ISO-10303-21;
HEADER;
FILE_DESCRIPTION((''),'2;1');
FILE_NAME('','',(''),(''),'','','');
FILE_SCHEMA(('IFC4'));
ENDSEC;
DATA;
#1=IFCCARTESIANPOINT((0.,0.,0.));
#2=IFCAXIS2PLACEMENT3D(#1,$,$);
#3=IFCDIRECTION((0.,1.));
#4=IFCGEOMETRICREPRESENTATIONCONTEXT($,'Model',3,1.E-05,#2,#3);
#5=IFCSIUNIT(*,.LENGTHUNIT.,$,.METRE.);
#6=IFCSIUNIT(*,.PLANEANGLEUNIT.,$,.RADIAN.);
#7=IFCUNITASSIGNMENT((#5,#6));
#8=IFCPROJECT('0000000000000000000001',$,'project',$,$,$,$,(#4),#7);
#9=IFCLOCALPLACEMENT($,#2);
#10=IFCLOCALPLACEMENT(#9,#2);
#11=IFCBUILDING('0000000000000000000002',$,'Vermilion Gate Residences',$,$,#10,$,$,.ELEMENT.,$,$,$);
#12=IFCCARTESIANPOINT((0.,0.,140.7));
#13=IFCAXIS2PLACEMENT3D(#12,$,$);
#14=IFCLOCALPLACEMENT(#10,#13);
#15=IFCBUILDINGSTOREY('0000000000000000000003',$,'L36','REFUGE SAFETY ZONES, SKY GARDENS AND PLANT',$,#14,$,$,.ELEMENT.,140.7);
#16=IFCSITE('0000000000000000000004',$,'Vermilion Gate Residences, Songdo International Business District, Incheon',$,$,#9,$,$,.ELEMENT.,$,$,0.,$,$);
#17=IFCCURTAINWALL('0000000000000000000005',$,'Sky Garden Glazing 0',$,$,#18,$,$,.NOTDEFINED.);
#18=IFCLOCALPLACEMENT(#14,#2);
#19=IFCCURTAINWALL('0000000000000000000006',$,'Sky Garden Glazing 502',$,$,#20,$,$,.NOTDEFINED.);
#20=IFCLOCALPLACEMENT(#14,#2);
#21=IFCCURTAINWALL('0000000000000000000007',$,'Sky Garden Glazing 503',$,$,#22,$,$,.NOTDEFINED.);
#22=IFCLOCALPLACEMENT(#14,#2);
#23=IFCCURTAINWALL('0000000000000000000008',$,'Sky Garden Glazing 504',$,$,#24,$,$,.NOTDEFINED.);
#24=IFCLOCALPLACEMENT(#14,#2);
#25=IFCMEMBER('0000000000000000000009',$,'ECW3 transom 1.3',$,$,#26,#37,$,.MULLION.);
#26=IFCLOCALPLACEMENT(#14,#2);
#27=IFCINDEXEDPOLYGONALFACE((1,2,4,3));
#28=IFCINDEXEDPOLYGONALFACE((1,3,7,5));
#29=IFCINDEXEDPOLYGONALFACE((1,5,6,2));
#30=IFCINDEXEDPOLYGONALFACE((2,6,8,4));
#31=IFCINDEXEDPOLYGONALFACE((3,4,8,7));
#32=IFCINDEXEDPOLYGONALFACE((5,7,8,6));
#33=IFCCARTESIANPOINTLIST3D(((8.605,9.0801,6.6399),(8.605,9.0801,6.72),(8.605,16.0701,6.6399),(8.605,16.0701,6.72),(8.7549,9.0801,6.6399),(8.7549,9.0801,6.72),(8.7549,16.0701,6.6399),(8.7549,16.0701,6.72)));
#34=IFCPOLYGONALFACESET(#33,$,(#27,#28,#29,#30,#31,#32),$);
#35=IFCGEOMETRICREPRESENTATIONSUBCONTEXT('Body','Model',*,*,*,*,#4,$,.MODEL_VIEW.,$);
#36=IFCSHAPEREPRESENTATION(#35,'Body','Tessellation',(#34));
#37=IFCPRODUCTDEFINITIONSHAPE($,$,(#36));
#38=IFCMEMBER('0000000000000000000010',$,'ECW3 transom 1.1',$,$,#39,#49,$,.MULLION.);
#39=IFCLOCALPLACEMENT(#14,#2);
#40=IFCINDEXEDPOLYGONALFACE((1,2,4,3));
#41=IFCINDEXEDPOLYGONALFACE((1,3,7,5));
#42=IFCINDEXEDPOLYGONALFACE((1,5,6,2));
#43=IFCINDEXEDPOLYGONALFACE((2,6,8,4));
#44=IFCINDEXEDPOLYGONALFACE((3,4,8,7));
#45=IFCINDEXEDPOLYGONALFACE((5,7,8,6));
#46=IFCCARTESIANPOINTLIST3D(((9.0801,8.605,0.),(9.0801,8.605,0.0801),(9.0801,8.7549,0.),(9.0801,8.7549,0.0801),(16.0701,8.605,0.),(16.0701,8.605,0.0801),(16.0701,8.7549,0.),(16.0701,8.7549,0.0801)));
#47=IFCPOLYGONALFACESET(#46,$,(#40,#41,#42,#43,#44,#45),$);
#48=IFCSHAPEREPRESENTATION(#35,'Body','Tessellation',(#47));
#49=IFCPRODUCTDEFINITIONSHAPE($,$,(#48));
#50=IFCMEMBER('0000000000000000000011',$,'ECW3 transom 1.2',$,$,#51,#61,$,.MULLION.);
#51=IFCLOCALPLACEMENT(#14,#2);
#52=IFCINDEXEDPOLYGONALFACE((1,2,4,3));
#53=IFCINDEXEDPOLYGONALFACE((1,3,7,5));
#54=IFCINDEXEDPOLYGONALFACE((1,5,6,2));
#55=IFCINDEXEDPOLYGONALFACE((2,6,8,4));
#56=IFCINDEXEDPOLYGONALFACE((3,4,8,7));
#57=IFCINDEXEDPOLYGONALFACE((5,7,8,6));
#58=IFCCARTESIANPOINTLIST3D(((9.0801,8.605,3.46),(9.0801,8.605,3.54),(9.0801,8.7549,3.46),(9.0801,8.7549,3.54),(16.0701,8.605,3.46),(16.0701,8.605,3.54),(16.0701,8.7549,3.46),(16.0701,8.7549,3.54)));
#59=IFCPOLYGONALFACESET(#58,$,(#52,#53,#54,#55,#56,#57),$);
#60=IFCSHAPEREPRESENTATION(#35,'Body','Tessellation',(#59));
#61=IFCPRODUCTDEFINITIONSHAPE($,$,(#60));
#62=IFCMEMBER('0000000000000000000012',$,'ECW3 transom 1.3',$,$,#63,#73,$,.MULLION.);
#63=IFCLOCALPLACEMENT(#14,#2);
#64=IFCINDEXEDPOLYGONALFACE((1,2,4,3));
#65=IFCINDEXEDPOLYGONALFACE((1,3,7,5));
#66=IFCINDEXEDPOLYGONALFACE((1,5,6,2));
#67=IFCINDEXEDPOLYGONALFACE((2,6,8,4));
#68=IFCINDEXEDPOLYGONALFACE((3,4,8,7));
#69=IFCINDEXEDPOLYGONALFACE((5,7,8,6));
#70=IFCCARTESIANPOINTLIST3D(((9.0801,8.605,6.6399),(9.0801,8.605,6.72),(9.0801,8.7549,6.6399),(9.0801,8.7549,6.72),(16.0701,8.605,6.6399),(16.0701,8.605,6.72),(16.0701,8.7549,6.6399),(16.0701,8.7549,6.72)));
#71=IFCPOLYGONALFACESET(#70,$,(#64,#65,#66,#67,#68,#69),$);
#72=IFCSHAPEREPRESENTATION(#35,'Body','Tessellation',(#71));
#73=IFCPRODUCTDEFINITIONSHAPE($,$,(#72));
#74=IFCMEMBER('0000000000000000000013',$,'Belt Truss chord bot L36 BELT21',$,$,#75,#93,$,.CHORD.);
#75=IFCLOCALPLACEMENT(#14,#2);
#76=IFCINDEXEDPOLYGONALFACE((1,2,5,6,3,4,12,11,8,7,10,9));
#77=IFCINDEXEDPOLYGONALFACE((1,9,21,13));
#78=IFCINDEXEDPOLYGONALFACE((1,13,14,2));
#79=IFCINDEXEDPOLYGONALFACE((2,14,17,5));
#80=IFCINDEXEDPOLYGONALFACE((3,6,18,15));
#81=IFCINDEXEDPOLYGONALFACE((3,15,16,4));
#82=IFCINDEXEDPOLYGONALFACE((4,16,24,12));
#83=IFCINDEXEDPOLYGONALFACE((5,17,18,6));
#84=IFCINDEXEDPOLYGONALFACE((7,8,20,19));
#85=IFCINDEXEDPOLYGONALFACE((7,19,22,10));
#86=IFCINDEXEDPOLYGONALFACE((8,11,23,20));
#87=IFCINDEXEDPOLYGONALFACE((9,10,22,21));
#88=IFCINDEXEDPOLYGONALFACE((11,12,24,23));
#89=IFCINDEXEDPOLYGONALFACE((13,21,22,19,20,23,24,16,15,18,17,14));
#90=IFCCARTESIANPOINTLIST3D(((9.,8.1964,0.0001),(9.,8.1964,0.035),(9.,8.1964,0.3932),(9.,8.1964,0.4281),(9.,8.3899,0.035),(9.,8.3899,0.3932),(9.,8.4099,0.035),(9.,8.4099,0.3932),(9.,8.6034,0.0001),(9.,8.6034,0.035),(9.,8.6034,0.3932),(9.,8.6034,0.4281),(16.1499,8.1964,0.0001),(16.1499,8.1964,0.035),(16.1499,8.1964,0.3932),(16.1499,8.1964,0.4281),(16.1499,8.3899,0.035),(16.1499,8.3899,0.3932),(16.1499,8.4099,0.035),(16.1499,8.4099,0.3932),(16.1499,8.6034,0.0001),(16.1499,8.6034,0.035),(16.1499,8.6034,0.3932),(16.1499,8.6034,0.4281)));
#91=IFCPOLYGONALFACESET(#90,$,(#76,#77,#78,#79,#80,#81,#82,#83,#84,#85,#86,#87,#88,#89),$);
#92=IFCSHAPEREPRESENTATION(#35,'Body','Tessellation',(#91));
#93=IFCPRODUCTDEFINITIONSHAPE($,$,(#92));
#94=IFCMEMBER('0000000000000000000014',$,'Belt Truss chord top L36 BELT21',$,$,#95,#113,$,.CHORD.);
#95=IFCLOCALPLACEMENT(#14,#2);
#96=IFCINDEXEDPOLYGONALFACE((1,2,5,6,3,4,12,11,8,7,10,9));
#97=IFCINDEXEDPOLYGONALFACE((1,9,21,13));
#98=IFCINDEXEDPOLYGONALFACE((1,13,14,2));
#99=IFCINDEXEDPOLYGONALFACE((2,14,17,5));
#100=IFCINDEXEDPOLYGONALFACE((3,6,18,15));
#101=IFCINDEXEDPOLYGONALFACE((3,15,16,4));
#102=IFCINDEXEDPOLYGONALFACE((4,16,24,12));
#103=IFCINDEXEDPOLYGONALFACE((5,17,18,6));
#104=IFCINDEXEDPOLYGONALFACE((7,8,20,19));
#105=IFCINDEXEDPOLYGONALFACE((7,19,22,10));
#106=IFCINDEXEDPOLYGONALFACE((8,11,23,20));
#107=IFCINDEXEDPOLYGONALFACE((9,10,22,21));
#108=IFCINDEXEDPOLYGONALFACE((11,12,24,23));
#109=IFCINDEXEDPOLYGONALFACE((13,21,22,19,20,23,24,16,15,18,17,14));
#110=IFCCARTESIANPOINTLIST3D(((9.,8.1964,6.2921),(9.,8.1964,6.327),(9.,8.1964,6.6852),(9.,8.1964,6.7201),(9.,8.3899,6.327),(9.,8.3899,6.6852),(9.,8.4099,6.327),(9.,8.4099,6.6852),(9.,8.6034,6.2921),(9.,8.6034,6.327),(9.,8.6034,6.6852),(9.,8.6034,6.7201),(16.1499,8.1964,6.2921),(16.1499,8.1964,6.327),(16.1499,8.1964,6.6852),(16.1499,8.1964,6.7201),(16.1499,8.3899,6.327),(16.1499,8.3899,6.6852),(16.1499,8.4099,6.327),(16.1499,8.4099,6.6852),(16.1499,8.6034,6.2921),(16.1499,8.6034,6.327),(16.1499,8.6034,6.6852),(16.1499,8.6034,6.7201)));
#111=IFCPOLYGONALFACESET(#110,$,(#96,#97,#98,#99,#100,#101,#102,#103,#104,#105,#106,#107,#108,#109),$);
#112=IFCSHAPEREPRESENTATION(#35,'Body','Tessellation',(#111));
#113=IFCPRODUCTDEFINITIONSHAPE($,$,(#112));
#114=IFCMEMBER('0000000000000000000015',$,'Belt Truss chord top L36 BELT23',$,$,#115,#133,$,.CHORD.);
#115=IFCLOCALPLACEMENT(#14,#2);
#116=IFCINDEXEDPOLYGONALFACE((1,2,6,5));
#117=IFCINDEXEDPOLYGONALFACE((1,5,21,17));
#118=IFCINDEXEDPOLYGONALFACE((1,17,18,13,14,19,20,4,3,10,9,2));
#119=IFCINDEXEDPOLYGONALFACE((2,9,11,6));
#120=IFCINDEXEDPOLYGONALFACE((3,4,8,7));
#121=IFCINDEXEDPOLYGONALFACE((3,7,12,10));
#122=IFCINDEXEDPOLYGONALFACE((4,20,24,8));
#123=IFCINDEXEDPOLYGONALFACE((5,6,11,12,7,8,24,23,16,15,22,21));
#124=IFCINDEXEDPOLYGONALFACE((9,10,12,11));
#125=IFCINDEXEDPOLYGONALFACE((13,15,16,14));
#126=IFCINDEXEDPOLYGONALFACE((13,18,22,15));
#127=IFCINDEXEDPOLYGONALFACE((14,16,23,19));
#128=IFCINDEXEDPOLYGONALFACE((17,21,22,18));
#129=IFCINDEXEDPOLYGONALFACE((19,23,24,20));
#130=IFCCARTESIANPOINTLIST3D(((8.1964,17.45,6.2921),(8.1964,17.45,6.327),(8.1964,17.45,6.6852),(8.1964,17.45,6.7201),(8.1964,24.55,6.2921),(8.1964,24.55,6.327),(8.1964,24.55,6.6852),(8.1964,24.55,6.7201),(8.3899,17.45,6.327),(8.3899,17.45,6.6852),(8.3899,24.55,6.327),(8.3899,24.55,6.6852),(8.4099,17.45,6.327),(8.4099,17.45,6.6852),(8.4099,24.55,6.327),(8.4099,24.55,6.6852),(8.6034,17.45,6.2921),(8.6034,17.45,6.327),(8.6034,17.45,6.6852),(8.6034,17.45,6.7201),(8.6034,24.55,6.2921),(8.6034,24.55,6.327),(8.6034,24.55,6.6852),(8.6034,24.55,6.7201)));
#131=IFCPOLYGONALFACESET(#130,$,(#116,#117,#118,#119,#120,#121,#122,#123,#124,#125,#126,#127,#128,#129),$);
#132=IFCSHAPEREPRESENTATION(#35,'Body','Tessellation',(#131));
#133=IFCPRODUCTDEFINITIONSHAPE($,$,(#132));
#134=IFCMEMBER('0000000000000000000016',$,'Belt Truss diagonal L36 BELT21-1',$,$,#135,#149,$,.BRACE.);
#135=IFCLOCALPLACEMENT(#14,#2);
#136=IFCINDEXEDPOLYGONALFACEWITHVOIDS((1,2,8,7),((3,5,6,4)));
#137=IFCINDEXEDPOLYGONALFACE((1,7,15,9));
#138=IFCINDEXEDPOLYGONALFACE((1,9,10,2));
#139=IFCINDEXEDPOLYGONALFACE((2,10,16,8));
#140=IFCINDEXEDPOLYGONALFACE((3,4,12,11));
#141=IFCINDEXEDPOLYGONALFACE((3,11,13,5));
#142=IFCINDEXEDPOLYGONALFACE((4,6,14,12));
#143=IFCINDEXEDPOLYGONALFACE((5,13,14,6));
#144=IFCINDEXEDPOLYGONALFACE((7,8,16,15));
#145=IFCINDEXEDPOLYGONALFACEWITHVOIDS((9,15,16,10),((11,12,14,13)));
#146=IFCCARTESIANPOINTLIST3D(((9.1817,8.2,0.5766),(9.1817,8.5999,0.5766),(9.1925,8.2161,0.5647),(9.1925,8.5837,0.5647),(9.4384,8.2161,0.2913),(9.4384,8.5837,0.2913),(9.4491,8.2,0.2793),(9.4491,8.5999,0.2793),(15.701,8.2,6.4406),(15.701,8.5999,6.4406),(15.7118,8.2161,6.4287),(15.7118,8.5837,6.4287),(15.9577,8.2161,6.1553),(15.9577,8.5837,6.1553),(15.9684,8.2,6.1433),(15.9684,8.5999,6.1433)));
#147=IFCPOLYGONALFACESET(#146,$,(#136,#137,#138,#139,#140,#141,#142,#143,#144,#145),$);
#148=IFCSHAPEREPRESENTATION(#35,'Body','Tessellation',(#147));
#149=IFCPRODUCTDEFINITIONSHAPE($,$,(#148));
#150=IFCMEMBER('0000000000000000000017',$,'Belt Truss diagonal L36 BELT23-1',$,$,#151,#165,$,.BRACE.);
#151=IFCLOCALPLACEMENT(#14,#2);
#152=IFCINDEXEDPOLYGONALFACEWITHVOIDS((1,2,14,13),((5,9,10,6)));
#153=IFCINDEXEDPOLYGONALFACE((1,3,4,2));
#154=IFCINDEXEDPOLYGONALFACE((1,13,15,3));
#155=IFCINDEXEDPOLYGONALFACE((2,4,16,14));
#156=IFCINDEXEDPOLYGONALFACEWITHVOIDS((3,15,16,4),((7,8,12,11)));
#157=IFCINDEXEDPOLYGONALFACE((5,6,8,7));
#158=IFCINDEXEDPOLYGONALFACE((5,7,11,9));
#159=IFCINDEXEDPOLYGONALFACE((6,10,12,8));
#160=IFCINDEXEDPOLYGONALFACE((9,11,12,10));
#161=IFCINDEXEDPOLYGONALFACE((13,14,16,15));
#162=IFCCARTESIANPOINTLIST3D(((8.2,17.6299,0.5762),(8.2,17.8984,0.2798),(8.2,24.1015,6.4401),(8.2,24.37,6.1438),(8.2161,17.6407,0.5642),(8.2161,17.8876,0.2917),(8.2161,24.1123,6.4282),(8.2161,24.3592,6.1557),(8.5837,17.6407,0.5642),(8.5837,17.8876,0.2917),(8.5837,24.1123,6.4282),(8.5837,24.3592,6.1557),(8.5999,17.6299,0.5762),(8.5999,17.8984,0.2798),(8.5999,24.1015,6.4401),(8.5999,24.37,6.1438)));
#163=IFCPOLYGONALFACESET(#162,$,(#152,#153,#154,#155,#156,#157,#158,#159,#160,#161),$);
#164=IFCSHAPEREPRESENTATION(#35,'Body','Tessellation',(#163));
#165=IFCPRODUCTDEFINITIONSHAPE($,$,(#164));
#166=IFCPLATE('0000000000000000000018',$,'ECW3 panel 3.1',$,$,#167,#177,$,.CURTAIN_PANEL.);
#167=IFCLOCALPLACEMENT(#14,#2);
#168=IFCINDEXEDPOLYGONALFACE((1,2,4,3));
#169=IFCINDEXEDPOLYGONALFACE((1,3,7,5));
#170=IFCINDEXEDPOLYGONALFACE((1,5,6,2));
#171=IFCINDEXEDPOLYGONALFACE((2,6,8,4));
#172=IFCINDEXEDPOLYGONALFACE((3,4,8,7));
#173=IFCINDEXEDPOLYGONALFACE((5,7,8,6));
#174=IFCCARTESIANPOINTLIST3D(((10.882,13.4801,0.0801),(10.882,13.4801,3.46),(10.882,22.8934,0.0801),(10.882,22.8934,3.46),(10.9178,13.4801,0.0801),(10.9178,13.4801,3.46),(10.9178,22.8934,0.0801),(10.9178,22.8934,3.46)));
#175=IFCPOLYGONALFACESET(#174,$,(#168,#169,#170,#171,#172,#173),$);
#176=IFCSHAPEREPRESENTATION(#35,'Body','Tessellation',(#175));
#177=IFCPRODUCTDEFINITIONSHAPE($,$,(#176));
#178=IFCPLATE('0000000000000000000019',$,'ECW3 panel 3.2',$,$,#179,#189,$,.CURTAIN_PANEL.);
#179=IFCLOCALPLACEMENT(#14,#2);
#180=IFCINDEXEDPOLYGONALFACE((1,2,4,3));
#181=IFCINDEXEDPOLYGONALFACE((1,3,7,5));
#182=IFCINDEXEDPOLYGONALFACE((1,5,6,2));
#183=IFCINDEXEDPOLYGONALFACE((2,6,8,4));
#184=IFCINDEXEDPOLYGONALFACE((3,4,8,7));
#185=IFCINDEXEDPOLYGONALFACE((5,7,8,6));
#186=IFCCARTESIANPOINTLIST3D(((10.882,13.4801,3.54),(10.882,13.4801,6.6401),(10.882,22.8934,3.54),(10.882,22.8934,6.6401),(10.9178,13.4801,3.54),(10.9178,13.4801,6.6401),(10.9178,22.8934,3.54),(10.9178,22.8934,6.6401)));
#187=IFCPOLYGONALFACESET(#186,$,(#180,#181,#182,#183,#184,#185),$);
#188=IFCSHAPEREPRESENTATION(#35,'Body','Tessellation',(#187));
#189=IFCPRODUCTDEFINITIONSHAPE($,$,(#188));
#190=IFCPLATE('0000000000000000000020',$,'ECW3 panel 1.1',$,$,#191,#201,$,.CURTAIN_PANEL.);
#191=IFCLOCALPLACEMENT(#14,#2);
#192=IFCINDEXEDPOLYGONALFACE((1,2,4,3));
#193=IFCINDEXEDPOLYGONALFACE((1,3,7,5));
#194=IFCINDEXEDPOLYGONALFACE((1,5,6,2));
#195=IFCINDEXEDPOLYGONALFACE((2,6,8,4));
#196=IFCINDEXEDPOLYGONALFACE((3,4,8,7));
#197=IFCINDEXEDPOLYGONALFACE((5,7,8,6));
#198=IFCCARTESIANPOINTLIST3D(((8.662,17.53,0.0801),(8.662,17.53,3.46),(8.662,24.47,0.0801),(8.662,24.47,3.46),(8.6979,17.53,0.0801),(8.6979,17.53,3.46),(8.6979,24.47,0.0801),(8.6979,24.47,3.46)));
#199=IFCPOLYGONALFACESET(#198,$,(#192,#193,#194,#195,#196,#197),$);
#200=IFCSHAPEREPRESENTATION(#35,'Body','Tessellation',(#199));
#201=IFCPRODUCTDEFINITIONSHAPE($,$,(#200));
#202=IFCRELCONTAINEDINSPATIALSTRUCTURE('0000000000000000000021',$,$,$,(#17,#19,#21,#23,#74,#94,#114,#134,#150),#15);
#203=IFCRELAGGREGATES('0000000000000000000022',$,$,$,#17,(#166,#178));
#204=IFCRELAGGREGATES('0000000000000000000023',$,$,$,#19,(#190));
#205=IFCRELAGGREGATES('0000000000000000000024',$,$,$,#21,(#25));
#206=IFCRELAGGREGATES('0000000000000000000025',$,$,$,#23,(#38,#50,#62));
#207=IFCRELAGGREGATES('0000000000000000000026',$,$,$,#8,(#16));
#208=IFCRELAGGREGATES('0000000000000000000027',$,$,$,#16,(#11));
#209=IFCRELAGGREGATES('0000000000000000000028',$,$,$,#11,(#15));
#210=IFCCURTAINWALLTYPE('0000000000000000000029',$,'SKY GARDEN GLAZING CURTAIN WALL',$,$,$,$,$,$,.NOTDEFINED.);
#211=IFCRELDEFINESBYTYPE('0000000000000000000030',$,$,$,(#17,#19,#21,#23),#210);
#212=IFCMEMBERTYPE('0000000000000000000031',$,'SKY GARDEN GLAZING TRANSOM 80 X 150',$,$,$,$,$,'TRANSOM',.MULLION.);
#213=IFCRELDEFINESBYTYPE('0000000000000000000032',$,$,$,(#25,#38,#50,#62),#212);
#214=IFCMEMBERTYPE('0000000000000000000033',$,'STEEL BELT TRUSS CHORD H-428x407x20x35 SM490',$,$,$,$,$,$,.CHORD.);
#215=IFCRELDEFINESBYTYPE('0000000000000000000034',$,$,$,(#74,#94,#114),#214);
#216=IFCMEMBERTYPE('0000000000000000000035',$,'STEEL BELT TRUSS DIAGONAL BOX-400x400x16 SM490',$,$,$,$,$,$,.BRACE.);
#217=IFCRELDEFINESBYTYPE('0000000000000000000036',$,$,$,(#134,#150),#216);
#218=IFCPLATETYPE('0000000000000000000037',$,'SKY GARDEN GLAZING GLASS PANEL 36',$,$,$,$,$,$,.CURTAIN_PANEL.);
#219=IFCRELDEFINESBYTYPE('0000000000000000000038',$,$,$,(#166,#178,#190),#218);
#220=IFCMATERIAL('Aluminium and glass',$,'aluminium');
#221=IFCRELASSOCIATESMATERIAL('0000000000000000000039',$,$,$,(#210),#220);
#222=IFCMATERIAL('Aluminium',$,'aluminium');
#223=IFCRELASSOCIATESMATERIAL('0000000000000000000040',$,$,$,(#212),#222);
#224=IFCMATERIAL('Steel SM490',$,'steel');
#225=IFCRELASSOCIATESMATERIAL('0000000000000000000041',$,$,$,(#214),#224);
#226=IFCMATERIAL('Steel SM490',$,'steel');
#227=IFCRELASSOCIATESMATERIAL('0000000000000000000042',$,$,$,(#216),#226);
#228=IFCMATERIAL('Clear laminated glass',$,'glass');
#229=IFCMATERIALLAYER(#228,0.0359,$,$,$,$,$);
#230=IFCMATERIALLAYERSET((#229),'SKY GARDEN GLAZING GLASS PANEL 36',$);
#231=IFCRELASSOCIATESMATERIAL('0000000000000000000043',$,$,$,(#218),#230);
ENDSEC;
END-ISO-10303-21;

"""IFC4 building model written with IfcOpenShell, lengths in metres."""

from ifc_helpers import new_model, si_unit, direction, frame, origin, origin_2d, place, context, subcontext, project, spatial, rectangle, hollow_rectangle, i_section, extrude, material, layer, layer_set, material_profile, profile_set, type_object, element, aggregate, save


model = new_model("IFC4")

# Units and contexts
model_context = context("Model", 3, precision=1e-05, world=origin(), true_north=direction((0.0, 1.0)))
body_context = subcontext(model_context, "Body", "Model", "MODEL_VIEW")
ifc_project = project(units=[si_unit("LENGTHUNIT", "METRE"), si_unit("PLANEANGLEUNIT", "RADIAN")], contexts=[model_context])

# Site, building, storey
site_placement = place(None, origin())
site = spatial("IfcSite", under=ifc_project, at=site_placement, Name="Vermilion Gate Residences, Songdo International Business District, Incheon", CompositionType="ELEMENT", RefElevation=0.0)
building_placement = place(site_placement, origin())
building = spatial("IfcBuilding", under=site, at=building_placement, Name="Vermilion Gate Residences", CompositionType="ELEMENT")
storey_placement = place(building_placement, frame((0.0, 0.0, 140.7)))
storey = spatial("IfcBuildingStorey", under=building, at=storey_placement, Name="L36", Description="REFUGE SAFETY ZONES, SKY GARDENS AND PLANT", CompositionType="ELEMENT", Elevation=140.7)

# Curtain wall
ifc_material_1 = material(Name="Aluminium and glass", Category="aluminium")
curtain_wall_type = type_object("IfcCurtainWallType", Name="SKY GARDEN GLAZING CURTAIN WALL", PredefinedType="NOTDEFINED", material=ifc_material_1)
curtain_wall_1_placement = place(storey_placement, origin())
curtain_wall_1 = element("IfcCurtainWall", 1, at=curtain_wall_1_placement, inside=storey, type_object=curtain_wall_type, Name="Sky Garden Glazing 0", PredefinedType="NOTDEFINED")

# Curtain wall
curtain_wall_2_placement = place(storey_placement, origin())
curtain_wall_2 = element("IfcCurtainWall", 2, at=curtain_wall_2_placement, inside=storey, type_object=curtain_wall_type, Name="Sky Garden Glazing 502", PredefinedType="NOTDEFINED")

# Curtain wall
curtain_wall_3_placement = place(storey_placement, origin())
curtain_wall_3 = element("IfcCurtainWall", 3, at=curtain_wall_3_placement, inside=storey, type_object=curtain_wall_type, Name="Sky Garden Glazing 503", PredefinedType="NOTDEFINED")

# Curtain wall
curtain_wall_4_placement = place(storey_placement, origin())
curtain_wall_4 = element("IfcCurtainWall", 4, at=curtain_wall_4_placement, inside=storey, type_object=curtain_wall_type, Name="Sky Garden Glazing 504", PredefinedType="NOTDEFINED")

# Members
ifc_material_2 = material(Name="Aluminium", Category="aluminium")
ifc_material_profile_1 = material_profile(ifc_material_2, rectangle(XDim=0.1499, YDim=0.0801, at=origin_2d()), Name="TRANSOM 80 X 150")
ifc_profile_set_1 = profile_set([ifc_material_profile_1], Name="Aluminium")
member_type_1 = type_object("IfcMemberType", Name="SKY GARDEN GLAZING TRANSOM 80 X 150", ElementType="TRANSOM", PredefinedType="MULLION", material=ifc_profile_set_1)
member_1_placement = place(storey_placement, frame((8.6799, 16.0701, 6.6799), z_axis=(0.0, -1.0, 0.0), x_axis=(1.0, 0.0, 0.0)))
member_1 = element("IfcMember", 5, at=member_1_placement, type_object=member_type_1, Name="ECW3 transom 1.3", PredefinedType="MULLION", context=body_context, shape_type="SweptSolid", body=[
    extrude(rectangle(XDim=0.1499, YDim=0.0801, at=origin_2d()), origin(), (0.0, 0.0, 1.0), 6.99),
])
member_2_placement = place(storey_placement, frame((9.0801, 8.6799, 0.04), z_axis=(1.0, 0.0, 0.0), x_axis=(0.0, 1.0, 0.0)))
member_2 = element("IfcMember", 6, at=member_2_placement, type_object=member_type_1, Name="ECW3 transom 1.1", PredefinedType="MULLION", context=body_context, shape_type="SweptSolid", body=[
    extrude(rectangle(XDim=0.1499, YDim=0.0801, at=origin_2d()), origin(), (0.0, 0.0, 1.0), 6.99),
])
member_3_placement = place(storey_placement, frame((9.0801, 8.6799, 3.5), z_axis=(1.0, 0.0, 0.0), x_axis=(0.0, 1.0, 0.0)))
member_3 = element("IfcMember", 7, at=member_3_placement, type_object=member_type_1, Name="ECW3 transom 1.2", PredefinedType="MULLION", context=body_context, shape_type="SweptSolid", body=[
    extrude(rectangle(XDim=0.1499, YDim=0.0801, at=origin_2d()), origin(), (0.0, 0.0, 1.0), 6.99),
])
member_4_placement = place(storey_placement, frame((9.0801, 8.6799, 6.6799), z_axis=(1.0, 0.0, 0.0), x_axis=(0.0, 1.0, 0.0)))
member_4 = element("IfcMember", 8, at=member_4_placement, type_object=member_type_1, Name="ECW3 transom 1.3", PredefinedType="MULLION", context=body_context, shape_type="SweptSolid", body=[
    extrude(rectangle(XDim=0.1499, YDim=0.0801, at=origin_2d()), origin(), (0.0, 0.0, 1.0), 6.99),
])

# Members
ifc_material_3 = material(Name="Steel SM490", Category="steel")
ifc_material_profile_2 = material_profile(ifc_material_3, i_section(OverallWidth=0.407, OverallDepth=0.428, WebThickness=0.02, FlangeThickness=0.0349, at=origin_2d()), Name="H-428x407x20x35")
ifc_profile_set_2 = profile_set([ifc_material_profile_2], Name="Steel SM490")
member_type_2 = type_object("IfcMemberType", Name="STEEL BELT TRUSS CHORD H-428x407x20x35 SM490", PredefinedType="CHORD", material=ifc_profile_set_2)
for number, where, z_axis, x_axis, name in (
    (9, (9.0, 8.3999, 0.2141), (1.0, 0.0, 0.0), (0.0, 1.0, 0.0), "Belt Truss chord bot L36 BELT21"),
    (10, (9.0, 8.3999, 6.5061), (1.0, 0.0, 0.0), (0.0, 1.0, 0.0), "Belt Truss chord top L36 BELT21"),
):
    element("IfcMember", number, at=place(storey_placement, frame(where, z_axis=z_axis, x_axis=x_axis)), inside=storey, type_object=member_type_2, Name=name, PredefinedType="CHORD", context=body_context, shape_type="SweptSolid", body=[
        extrude(i_section(OverallWidth=0.407, OverallDepth=0.428, WebThickness=0.02, FlangeThickness=0.0349, at=origin_2d()), origin(), (0.0, 0.0, 1.0), 7.1499),
    ])
member_5_placement = place(storey_placement, frame((8.3999, 17.45, 6.5061), z_axis=(0.0, 1.0, 0.0), x_axis=(-1.0, 0.0, 0.0)))
element("IfcMember", 11, at=member_5_placement, inside=storey, type_object=member_type_2, Name="Belt Truss chord top L36 BELT23", PredefinedType="CHORD", context=body_context, shape_type="SweptSolid", body=[
    extrude(i_section(OverallWidth=0.407, OverallDepth=0.428, WebThickness=0.02, FlangeThickness=0.0349, at=origin_2d()), origin(), (0.0, 0.0, 1.0), 7.1001),
])
ifc_material_4 = material(Name="Steel SM490", Category="steel")
ifc_material_profile_3 = material_profile(ifc_material_4, hollow_rectangle(XDim=0.3999, YDim=0.3999, WallThickness=0.0161, at=origin_2d()), Name="BOX-400x400x16")
ifc_profile_set_3 = profile_set([ifc_material_profile_3], Name="Steel SM490")
member_type_3 = type_object("IfcMemberType", Name="STEEL BELT TRUSS DIAGONAL BOX-400x400x16 SM490", PredefinedType="BRACE", material=ifc_profile_set_3)
member_6_placement = place(storey_placement, frame((9.3154, 8.3999, 0.428), z_axis=(0.743484, 0.0, 0.668754), x_axis=(0.0, 1.0, 0.0)))
element("IfcMember", 12, at=member_6_placement, inside=storey, type_object=member_type_3, Name="Belt Truss diagonal L36 BELT21-1", PredefinedType="BRACE", context=body_context, shape_type="SweptSolid", body=[
    extrude(hollow_rectangle(XDim=0.3999, YDim=0.3999, WallThickness=0.0161, at=origin_2d()), origin(), (0.0, 0.0, 1.0), 8.7686),
])
member_7_placement = place(storey_placement, frame((8.3999, 17.7642, 0.428), z_axis=(0.0, 0.741041, 0.67146), x_axis=(-1.0, 0.0, 0.0)))
element("IfcMember", 13, at=member_7_placement, inside=storey, type_object=member_type_3, Name="Belt Truss diagonal L36 BELT23-1", PredefinedType="BRACE", context=body_context, shape_type="SweptSolid", body=[
    extrude(hollow_rectangle(XDim=0.3999, YDim=0.3999, WallThickness=0.0161, at=origin_2d()), origin(), (0.0, 0.0, 1.0), 8.7332),
])

# Plates
ifc_material_5 = material(Name="Clear laminated glass", Category="glass")
ifc_layer_1 = layer(ifc_material_5, 0.0359)
ifc_layer_set_1 = layer_set([ifc_layer_1], Name="SKY GARDEN GLAZING GLASS PANEL 36")
plate_type = type_object("IfcPlateType", Name="SKY GARDEN GLAZING GLASS PANEL 36", PredefinedType="CURTAIN_PANEL", material=ifc_layer_set_1)
plate_1_placement = place(storey_placement, frame((10.8999, 18.1868, 0.0801), z_axis=(0.0, 0.0, 1.0), x_axis=(0.0, -1.0, 0.0)))
plate_1 = element("IfcPlate", 14, at=plate_1_placement, type_object=plate_type, Name="ECW3 panel 3.1", PredefinedType="CURTAIN_PANEL", context=body_context, shape_type="SweptSolid", body=[
    extrude(rectangle(XDim=9.4133, YDim=0.0359, at=origin_2d()), origin(), (0.0, 0.0, 1.0), 3.3799),
])
plate_2_placement = place(storey_placement, frame((10.8999, 18.1868, 3.54), z_axis=(0.0, 0.0, 1.0), x_axis=(0.0, -1.0, 0.0)))
plate_2 = element("IfcPlate", 15, at=plate_2_placement, type_object=plate_type, Name="ECW3 panel 3.2", PredefinedType="CURTAIN_PANEL", context=body_context, shape_type="SweptSolid", body=[
    extrude(rectangle(XDim=9.4133, YDim=0.0359, at=origin_2d()), origin(), (0.0, 0.0, 1.0), 3.1001),
])
aggregate(curtain_wall_1, [plate_1, plate_2])
plate_3_placement = place(storey_placement, frame((8.6799, 21.0, 0.0801), z_axis=(0.0, 0.0, 1.0), x_axis=(0.0, -1.0, 0.0)))
plate_3 = element("IfcPlate", 16, at=plate_3_placement, type_object=plate_type, Name="ECW3 panel 1.1", PredefinedType="CURTAIN_PANEL", context=body_context, shape_type="SweptSolid", body=[
    extrude(rectangle(XDim=6.9399, YDim=0.0359, at=origin_2d()), origin(), (0.0, 0.0, 1.0), 3.3799),
])
aggregate(curtain_wall_2, [plate_3])
aggregate(curtain_wall_3, [member_1])
aggregate(curtain_wall_4, [member_2, member_3, member_4])

save(model, "model.ifc")
